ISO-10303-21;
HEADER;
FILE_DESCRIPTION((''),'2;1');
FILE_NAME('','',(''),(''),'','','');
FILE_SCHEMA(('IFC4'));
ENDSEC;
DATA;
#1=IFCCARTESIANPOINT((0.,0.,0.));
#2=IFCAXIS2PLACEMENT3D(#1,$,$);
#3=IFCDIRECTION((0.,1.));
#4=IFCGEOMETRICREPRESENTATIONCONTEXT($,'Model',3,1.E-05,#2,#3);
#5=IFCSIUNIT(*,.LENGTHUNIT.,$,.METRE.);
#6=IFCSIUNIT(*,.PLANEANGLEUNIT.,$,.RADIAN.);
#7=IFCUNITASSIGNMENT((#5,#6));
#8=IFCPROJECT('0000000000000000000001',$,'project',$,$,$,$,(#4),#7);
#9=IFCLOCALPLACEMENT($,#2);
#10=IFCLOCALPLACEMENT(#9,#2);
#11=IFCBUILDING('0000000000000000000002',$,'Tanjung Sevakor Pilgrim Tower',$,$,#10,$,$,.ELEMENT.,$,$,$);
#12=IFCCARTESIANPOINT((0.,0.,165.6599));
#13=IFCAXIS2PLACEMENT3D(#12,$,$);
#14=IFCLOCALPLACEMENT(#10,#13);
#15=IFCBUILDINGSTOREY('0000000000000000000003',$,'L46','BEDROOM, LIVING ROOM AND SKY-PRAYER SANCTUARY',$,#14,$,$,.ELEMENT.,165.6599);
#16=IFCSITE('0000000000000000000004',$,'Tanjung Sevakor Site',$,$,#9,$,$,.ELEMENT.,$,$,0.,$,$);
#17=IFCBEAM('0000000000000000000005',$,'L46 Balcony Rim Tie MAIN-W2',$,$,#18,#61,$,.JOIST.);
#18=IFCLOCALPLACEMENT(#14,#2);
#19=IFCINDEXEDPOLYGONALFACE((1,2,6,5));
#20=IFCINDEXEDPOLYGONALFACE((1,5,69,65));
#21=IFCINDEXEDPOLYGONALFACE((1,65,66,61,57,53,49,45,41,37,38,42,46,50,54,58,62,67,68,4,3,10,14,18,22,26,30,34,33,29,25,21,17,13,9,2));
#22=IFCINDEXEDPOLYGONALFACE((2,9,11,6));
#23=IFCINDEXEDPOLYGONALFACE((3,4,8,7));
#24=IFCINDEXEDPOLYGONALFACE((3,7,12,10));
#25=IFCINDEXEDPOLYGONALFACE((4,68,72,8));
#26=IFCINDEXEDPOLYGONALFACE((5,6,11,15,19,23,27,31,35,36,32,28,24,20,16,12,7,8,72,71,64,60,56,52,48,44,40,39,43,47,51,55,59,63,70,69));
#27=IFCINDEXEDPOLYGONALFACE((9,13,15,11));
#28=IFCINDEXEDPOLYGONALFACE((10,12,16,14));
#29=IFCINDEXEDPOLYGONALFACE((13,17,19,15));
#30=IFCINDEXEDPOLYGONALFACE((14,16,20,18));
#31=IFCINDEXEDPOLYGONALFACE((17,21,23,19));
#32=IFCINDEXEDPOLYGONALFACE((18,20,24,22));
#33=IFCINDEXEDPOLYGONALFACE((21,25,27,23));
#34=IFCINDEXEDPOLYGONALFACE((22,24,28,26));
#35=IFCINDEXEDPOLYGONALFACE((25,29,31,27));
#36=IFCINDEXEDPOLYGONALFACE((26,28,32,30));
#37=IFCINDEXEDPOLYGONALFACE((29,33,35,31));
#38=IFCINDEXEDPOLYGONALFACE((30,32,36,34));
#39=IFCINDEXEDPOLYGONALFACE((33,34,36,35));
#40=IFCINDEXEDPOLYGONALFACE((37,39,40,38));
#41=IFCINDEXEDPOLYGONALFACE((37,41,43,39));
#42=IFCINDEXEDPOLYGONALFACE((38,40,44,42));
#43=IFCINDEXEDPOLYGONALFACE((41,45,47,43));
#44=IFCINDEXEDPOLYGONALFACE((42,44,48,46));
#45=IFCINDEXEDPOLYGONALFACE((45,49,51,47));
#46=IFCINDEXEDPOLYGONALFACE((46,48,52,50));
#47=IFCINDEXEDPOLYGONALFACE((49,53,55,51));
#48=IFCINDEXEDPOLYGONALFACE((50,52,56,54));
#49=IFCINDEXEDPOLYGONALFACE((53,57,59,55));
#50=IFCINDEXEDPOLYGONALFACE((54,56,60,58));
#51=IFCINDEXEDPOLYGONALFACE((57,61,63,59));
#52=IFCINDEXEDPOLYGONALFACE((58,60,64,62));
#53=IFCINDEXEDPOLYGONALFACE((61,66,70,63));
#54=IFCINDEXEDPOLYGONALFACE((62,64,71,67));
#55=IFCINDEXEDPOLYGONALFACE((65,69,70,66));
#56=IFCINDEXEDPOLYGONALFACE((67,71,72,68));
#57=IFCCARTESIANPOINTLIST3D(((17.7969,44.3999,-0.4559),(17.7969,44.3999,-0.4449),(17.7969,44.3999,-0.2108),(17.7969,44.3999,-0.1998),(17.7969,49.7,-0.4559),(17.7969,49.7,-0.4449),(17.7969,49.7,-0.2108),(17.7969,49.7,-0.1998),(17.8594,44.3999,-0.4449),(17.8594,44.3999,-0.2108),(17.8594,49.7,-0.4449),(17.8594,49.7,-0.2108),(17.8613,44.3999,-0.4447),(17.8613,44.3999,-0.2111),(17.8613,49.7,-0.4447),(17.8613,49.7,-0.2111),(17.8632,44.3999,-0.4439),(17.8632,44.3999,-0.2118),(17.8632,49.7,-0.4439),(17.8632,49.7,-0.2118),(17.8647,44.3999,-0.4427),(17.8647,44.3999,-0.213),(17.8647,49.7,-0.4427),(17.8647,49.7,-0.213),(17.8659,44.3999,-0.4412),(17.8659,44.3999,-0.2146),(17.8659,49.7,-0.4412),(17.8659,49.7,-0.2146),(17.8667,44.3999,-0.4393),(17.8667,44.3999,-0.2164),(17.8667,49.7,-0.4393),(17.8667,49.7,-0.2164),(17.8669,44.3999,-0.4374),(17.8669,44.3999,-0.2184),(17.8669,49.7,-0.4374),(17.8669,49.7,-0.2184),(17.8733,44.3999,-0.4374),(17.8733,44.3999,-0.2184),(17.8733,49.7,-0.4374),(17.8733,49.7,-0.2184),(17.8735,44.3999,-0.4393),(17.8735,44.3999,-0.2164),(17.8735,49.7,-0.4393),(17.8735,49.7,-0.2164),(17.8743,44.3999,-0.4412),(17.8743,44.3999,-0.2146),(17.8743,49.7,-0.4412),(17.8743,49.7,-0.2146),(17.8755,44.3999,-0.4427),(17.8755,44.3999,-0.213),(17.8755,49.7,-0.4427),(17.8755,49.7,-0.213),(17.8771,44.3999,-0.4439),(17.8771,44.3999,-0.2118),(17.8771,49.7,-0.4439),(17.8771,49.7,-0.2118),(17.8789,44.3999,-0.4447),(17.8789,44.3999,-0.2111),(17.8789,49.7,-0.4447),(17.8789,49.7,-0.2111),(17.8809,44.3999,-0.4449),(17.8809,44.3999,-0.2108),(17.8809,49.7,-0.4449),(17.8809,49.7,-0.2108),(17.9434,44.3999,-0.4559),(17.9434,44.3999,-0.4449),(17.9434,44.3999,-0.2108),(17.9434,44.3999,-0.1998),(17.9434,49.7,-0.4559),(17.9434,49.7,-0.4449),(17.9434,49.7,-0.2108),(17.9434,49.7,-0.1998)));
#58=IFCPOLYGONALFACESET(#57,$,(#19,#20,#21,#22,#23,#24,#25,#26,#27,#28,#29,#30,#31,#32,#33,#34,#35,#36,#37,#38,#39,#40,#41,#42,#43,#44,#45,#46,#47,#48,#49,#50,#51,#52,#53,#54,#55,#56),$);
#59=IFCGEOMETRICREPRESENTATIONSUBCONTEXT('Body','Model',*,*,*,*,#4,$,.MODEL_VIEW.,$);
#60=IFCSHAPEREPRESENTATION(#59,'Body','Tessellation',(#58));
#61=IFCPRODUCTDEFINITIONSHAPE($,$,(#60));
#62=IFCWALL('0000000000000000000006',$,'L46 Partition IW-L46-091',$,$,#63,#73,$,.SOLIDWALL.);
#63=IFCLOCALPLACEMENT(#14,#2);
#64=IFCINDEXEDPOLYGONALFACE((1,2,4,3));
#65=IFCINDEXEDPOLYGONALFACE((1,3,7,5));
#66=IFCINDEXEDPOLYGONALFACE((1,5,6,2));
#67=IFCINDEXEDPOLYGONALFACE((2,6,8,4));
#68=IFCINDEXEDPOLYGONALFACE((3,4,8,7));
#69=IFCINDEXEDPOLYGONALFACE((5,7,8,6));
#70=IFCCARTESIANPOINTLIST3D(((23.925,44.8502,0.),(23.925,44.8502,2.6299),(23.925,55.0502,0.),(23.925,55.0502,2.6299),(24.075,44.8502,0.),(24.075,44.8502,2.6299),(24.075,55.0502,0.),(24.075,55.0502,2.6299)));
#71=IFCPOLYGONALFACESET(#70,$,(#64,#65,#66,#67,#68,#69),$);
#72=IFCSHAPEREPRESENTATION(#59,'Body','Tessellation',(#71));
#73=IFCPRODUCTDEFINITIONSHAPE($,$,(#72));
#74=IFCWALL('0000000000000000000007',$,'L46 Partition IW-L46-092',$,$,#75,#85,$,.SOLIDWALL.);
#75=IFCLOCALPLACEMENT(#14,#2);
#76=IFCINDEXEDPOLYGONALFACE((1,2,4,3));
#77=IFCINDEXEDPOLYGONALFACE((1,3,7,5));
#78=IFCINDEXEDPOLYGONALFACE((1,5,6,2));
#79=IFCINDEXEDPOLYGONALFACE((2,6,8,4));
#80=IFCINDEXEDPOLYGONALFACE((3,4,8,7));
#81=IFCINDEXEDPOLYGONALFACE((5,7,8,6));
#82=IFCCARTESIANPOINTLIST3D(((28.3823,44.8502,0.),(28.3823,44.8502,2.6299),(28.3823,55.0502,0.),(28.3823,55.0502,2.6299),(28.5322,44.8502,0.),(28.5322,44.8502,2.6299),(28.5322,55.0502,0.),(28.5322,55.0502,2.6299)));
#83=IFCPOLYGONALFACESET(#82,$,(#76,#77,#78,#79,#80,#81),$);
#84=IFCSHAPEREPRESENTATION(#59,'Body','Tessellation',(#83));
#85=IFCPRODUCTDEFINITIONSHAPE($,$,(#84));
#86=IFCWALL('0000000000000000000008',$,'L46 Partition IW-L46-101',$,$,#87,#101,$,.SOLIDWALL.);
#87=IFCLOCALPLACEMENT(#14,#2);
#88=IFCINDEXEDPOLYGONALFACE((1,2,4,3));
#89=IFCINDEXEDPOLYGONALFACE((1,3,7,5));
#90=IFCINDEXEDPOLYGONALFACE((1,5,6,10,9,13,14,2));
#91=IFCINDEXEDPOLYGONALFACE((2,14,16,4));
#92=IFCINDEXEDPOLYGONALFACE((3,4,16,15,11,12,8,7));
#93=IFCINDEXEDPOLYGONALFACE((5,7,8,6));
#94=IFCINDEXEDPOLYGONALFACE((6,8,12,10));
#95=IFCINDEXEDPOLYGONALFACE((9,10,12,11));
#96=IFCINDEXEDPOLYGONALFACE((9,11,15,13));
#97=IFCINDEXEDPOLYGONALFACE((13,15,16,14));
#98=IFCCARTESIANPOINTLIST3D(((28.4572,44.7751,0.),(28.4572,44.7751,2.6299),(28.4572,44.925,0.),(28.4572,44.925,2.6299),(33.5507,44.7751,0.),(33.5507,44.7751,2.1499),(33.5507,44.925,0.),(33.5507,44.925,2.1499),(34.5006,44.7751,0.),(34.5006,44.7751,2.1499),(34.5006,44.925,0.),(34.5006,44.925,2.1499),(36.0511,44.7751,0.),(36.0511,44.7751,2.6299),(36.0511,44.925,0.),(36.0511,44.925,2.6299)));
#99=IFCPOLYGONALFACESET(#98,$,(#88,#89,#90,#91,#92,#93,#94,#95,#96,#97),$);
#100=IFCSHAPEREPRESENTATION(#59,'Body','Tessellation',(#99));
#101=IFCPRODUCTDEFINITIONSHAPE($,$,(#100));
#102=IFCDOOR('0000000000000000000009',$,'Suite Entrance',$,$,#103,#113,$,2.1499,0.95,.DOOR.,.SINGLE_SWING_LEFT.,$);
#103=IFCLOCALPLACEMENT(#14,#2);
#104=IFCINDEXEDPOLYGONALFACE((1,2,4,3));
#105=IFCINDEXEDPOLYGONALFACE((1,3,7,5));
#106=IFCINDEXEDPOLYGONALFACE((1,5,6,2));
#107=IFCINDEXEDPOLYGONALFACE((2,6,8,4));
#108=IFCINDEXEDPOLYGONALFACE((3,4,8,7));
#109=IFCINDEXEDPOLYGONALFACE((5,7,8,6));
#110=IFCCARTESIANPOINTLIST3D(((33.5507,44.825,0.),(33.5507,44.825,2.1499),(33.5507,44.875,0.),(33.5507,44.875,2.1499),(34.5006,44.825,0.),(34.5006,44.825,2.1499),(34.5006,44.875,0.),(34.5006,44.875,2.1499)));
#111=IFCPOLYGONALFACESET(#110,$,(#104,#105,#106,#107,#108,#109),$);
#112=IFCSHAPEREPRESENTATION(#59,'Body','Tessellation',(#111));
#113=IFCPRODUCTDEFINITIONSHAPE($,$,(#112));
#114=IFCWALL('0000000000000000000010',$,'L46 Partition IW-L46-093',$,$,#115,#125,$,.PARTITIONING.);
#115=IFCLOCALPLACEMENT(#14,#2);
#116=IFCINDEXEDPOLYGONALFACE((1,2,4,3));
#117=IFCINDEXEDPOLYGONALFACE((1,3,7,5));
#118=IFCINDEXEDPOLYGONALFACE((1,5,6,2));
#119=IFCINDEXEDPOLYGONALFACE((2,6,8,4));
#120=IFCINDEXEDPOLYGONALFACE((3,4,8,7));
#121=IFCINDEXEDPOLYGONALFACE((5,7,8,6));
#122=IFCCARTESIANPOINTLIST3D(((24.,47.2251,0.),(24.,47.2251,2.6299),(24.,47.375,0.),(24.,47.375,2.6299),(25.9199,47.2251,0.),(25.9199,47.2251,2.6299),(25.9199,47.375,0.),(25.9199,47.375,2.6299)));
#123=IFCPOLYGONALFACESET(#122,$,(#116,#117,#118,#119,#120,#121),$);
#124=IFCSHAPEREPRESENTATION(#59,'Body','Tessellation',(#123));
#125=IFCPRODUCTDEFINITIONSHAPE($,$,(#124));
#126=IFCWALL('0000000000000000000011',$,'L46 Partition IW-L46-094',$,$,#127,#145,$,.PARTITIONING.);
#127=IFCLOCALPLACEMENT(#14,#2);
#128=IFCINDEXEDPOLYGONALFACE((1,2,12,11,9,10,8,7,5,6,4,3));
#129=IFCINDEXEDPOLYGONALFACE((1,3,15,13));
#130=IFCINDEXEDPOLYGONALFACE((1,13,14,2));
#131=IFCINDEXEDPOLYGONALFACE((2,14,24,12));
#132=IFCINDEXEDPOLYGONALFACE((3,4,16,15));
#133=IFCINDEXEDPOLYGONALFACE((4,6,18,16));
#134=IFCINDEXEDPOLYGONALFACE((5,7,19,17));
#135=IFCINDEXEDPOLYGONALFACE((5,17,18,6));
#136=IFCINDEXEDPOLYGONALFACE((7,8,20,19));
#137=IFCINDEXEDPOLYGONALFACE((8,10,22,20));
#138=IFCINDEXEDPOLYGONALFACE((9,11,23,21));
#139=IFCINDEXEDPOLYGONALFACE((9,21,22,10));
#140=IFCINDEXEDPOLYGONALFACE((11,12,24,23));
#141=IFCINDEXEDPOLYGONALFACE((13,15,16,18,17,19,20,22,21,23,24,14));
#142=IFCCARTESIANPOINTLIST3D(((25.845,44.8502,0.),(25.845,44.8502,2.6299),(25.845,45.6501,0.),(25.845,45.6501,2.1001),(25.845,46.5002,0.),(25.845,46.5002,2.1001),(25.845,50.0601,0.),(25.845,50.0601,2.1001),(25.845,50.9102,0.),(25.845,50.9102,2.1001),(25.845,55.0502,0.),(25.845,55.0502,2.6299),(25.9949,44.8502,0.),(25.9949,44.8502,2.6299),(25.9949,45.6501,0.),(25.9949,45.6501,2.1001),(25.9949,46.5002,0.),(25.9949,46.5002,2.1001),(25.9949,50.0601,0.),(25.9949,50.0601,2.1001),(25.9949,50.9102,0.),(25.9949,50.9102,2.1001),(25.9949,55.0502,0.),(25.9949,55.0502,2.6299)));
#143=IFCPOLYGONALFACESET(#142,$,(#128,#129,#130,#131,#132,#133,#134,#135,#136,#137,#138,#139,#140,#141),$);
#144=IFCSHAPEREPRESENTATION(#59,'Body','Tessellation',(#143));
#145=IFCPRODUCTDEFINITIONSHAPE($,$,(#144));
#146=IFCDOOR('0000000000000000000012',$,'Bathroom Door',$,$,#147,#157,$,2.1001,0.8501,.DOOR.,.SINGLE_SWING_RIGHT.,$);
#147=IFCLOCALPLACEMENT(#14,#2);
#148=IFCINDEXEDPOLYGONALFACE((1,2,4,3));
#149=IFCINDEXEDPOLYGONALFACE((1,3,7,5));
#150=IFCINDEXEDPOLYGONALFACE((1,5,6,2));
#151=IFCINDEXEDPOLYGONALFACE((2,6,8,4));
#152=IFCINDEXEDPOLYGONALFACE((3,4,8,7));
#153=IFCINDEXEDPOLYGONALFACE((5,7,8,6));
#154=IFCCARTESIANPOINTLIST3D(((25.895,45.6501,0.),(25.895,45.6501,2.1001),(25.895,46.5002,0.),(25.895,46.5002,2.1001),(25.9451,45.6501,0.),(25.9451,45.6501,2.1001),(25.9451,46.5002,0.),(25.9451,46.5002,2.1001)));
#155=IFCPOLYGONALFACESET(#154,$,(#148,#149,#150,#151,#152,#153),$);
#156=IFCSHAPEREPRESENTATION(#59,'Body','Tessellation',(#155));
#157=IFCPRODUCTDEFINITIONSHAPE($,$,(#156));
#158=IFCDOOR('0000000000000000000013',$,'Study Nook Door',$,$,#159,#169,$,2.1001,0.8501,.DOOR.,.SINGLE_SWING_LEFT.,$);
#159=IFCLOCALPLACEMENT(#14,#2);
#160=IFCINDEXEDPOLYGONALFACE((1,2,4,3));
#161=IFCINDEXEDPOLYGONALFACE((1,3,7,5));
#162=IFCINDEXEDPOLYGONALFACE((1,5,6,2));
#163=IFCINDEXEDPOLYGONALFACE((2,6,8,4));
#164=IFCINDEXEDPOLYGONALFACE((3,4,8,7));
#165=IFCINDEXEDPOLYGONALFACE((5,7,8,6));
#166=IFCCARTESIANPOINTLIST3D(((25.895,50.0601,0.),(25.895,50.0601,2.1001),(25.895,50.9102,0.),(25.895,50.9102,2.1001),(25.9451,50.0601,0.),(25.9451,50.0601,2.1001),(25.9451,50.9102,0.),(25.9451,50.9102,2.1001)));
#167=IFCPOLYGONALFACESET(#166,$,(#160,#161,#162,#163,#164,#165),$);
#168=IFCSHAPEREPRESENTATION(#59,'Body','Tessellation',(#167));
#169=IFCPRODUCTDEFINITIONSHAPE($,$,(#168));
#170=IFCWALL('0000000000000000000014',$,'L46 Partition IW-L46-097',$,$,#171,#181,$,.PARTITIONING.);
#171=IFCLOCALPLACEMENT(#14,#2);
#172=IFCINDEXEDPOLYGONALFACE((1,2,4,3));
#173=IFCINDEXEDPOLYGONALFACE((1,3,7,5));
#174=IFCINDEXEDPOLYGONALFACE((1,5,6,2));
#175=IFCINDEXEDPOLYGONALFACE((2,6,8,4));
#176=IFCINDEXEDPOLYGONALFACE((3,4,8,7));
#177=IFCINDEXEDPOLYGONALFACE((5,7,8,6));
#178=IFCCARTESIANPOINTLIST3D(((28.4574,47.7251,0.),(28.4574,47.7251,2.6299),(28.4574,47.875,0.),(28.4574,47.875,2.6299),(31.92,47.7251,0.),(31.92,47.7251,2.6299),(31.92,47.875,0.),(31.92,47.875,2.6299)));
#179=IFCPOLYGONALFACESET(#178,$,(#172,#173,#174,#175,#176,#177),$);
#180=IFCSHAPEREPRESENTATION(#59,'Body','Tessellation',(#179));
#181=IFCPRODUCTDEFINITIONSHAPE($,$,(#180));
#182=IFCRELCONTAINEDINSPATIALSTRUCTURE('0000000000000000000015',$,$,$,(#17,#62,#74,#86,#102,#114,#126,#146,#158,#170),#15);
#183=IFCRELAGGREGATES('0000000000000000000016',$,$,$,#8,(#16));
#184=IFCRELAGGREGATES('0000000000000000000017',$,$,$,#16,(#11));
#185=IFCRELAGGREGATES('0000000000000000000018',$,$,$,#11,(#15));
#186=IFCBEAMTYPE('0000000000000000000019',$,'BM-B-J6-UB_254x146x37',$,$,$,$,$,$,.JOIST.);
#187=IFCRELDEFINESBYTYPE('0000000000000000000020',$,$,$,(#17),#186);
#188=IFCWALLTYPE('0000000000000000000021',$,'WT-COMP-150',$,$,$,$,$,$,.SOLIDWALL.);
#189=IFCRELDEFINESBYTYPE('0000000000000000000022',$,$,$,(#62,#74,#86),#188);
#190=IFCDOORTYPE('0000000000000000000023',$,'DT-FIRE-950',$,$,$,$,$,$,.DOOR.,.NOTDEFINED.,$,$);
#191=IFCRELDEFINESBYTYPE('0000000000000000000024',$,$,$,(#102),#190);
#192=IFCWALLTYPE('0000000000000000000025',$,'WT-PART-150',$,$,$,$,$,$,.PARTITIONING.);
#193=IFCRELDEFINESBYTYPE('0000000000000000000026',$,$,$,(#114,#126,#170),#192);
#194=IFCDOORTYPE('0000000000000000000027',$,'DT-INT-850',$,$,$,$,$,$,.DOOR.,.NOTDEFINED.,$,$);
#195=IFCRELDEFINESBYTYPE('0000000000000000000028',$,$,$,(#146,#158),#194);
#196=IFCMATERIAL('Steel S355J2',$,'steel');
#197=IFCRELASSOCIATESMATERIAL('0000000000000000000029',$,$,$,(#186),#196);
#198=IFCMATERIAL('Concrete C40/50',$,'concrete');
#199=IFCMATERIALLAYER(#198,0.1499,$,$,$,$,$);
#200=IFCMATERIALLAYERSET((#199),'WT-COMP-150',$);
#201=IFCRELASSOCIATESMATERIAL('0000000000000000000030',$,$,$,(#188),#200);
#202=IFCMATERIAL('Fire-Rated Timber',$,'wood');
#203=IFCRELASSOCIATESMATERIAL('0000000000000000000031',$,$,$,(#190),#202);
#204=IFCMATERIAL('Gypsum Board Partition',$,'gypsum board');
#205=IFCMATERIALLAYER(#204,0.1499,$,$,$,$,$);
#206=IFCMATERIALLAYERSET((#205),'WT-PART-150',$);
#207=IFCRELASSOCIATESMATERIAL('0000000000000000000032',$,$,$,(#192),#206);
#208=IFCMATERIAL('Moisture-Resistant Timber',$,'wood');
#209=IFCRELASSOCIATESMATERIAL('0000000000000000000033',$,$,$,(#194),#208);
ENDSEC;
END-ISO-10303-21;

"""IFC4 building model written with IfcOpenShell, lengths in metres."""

from ifc_helpers import new_model, si_unit, direction, frame, frame_2d, origin, origin_2d, place, context, subcontext, project, spatial, rectangle, i_section, extrude, material, layer, layer_set, material_profile, profile_set, type_object, element, fill, save


model = new_model("IFC4")

# Units and contexts
model_context = context("Model", 3, precision=1e-05, world=origin(), true_north=direction((0.0, 1.0)))
body_context = subcontext(model_context, "Body", "Model", "MODEL_VIEW")
ifc_project = project(units=[si_unit("LENGTHUNIT", "METRE"), si_unit("PLANEANGLEUNIT", "RADIAN")], contexts=[model_context])

# Site, building, storey
site_placement = place(None, origin())
site = spatial("IfcSite", under=ifc_project, at=site_placement, Name="Tanjung Sevakor Site", CompositionType="ELEMENT", RefElevation=0.0)
building_placement = place(site_placement, origin())
building = spatial("IfcBuilding", under=site, at=building_placement, Name="Tanjung Sevakor Pilgrim Tower", CompositionType="ELEMENT")
storey_placement = place(building_placement, frame((0.0, 0.0, 165.6599)))
storey = spatial("IfcBuildingStorey", under=building, at=storey_placement, Name="L46", Description="BEDROOM, LIVING ROOM AND SKY-PRAYER SANCTUARY", CompositionType="ELEMENT", Elevation=165.6599)

# Beam
ifc_material_1 = material(Name="Steel S355J2", Category="steel")
ifc_material_profile_1 = material_profile(ifc_material_1, i_section(OverallWidth=0.1465, OverallDepth=0.2561, WebThickness=0.0063, FlangeThickness=0.011, FilletRadius=0.0076, at=origin_2d()))
ifc_profile_set_1 = profile_set([ifc_material_profile_1], Name="Steel S355J2")
beam_type_1 = type_object("IfcBeamType", Name="BM-B-J6-UB_254x146x37", PredefinedType="JOIST", material=ifc_profile_set_1)
beam_1_placement = place(storey_placement, frame((17.8701, 44.3999, -0.3279), z_axis=(0.0, 1.0, 0.0), x_axis=(-1.0, 0.0, 0.0)))
element("IfcBeam", 1, at=beam_1_placement, inside=storey, type_object=beam_type_1, Name="L46 Balcony Rim Tie MAIN-W2", PredefinedType="JOIST", context=body_context, shape_type="SweptSolid", body=[
    extrude(i_section(OverallWidth=0.1465, OverallDepth=0.2561, WebThickness=0.0063, FlangeThickness=0.011, FilletRadius=0.0076, at=origin_2d()), origin(), (0.0, 0.0, 1.0), 5.3),
])

# Walls
ifc_material_2 = material(Name="Concrete C40/50", Category="concrete")
ifc_layer_1 = layer(ifc_material_2, 0.1499)
ifc_layer_set_1 = layer_set([ifc_layer_1], Name="WT-COMP-150")
wall_type_1 = type_object("IfcWallType", Name="WT-COMP-150", PredefinedType="SOLIDWALL", material=ifc_layer_set_1)
for number, where, z_axis, x_axis, name in (
    (2, (24.0, 44.8501, 0.0), (0.0, 0.0, 1.0), (0.0, 1.0, 0.0), "L46 Partition IW-L46-091"),
    (3, (28.4573, 44.8501, 0.0), (0.0, 0.0, 1.0), (0.0, 1.0, 0.0), "L46 Partition IW-L46-092"),
):
    element("IfcWall", number, at=place(storey_placement, frame(where, z_axis=z_axis, x_axis=x_axis)), inside=storey, type_object=wall_type_1, Name=name, PredefinedType="SOLIDWALL", context=body_context, shape_type="SweptSolid", body=[
        extrude(rectangle(XDim=10.2, YDim=0.1499, at=frame_2d((5.1001, 0.0))), origin(), (0.0, 0.0, 1.0), 2.6299),
    ])

# Wall, opening, door
ifc_material_3 = material(Name="Fire-Rated Timber", Category="wood")
door_type_1 = type_object("IfcDoorType", Name="DT-FIRE-950", OperationType="NOTDEFINED", PredefinedType="DOOR", material=ifc_material_3)
wall_1_placement = place(storey_placement, frame((28.4573, 44.8501, 0.0), z_axis=(0.0, 0.0, 1.0), x_axis=(1.0, 0.0, 0.0)))
wall_1 = element("IfcWall", 4, at=wall_1_placement, inside=storey, type_object=wall_type_1, Name="L46 Partition IW-L46-101", PredefinedType="SOLIDWALL", context=body_context, shape_type="SweptSolid", body=[
    extrude(rectangle(XDim=7.594, YDim=0.1499, at=frame_2d((3.7969, 0.0))), origin(), (0.0, 0.0, 1.0), 2.6299),
])
opening_1_placement = place(wall_1_placement, frame((5.0933, 0.0, 0.0)))
opening_1 = element("IfcOpeningElement", 5, at=opening_1_placement, cuts=wall_1, PredefinedType="OPENING", context=body_context, shape_type="SweptSolid", body=[
    extrude(rectangle(XDim=0.95, YDim=2.1499, at=frame_2d((0.4751, 1.075))), frame((0.0, 0.085, 0.0), z_axis=(0.0, -1.0, 0.0), x_axis=(1.0, 0.0, 0.0)), (0.0, 0.0, 1.0), 0.1699),
])
door_1_placement = place(opening_1_placement, origin())
door_1 = element("IfcDoor", 6, at=door_1_placement, inside=storey, type_object=door_type_1, Name="Suite Entrance", OperationType="SINGLE_SWING_LEFT", OverallHeight=2.1499, OverallWidth=0.95, PredefinedType="DOOR", context=body_context, shape_type="SweptSolid", body=[
    extrude(rectangle(XDim=0.95, YDim=2.1499, at=frame_2d((0.4751, 1.075))), frame((0.0, 0.0249, 0.0), z_axis=(0.0, -1.0, 0.0), x_axis=(1.0, 0.0, 0.0)), (0.0, 0.0, 1.0), 0.05),
])
fill(opening_1, door_1)

# Wall
ifc_material_4 = material(Name="Gypsum Board Partition", Category="gypsum board")
ifc_layer_2 = layer(ifc_material_4, 0.1499)
ifc_layer_set_2 = layer_set([ifc_layer_2], Name="WT-PART-150")
wall_type_2 = type_object("IfcWallType", Name="WT-PART-150", PredefinedType="PARTITIONING", material=ifc_layer_set_2)
wall_2_placement = place(storey_placement, frame((24.0, 47.3, 0.0), z_axis=(0.0, 0.0, 1.0), x_axis=(1.0, 0.0, 0.0)))
element("IfcWall", 7, at=wall_2_placement, inside=storey, type_object=wall_type_2, Name="L46 Partition IW-L46-093", PredefinedType="PARTITIONING", context=body_context, shape_type="SweptSolid", body=[
    extrude(rectangle(XDim=1.9199, YDim=0.1499, at=frame_2d((0.96, 0.0))), origin(), (0.0, 0.0, 1.0), 2.6299),
])

# Wall, openings, doors
wall_3_placement = place(storey_placement, frame((25.9199, 44.8501, 0.0), z_axis=(0.0, 0.0, 1.0), x_axis=(0.0, 1.0, 0.0)))
wall_3 = element("IfcWall", 8, at=wall_3_placement, inside=storey, type_object=wall_type_2, Name="L46 Partition IW-L46-094", PredefinedType="PARTITIONING", context=body_context, shape_type="SweptSolid", body=[
    extrude(rectangle(XDim=10.2, YDim=0.1499, at=frame_2d((5.1001, 0.0))), origin(), (0.0, 0.0, 1.0), 2.6299),
])
opening_2_placement = place(wall_3_placement, frame((0.8, 0.0, 0.0)))
opening_2 = element("IfcOpeningElement", 9, at=opening_2_placement, cuts=wall_3, PredefinedType="OPENING", context=body_context, shape_type="SweptSolid", body=[
    extrude(rectangle(XDim=0.8501, YDim=2.1001, at=frame_2d((0.425, 1.05))), frame((0.0, 0.085, 0.0), z_axis=(0.0, -1.0, 0.0), x_axis=(1.0, 0.0, 0.0)), (0.0, 0.0, 1.0), 0.1699),
])
opening_3_placement = place(wall_3_placement, frame((5.21, 0.0, 0.0)))
opening_3 = element("IfcOpeningElement", 10, at=opening_3_placement, cuts=wall_3, PredefinedType="OPENING", context=body_context, shape_type="SweptSolid", body=[
    extrude(rectangle(XDim=0.8501, YDim=2.1001, at=frame_2d((0.425, 1.05))), frame((0.0, 0.085, 0.0), z_axis=(0.0, -1.0, 0.0), x_axis=(1.0, 0.0, 0.0)), (0.0, 0.0, 1.0), 0.1699),
])
ifc_material_5 = material(Name="Moisture-Resistant Timber", Category="wood")
door_type_2 = type_object("IfcDoorType", Name="DT-INT-850", OperationType="NOTDEFINED", PredefinedType="DOOR", material=ifc_material_5)
door_2_placement = place(opening_2_placement, origin())
door_2 = element("IfcDoor", 11, at=door_2_placement, inside=storey, type_object=door_type_2, Name="Bathroom Door", OperationType="SINGLE_SWING_RIGHT", OverallHeight=2.1001, OverallWidth=0.8501, PredefinedType="DOOR", context=body_context, shape_type="SweptSolid", body=[
    extrude(rectangle(XDim=0.8501, YDim=2.1001, at=frame_2d((0.425, 1.05))), frame((0.0, 0.0249, 0.0), z_axis=(0.0, -1.0, 0.0), x_axis=(1.0, 0.0, 0.0)), (0.0, 0.0, 1.0), 0.05),
])
fill(opening_2, door_2)
door_3_placement = place(opening_3_placement, origin())
door_3 = element("IfcDoor", 12, at=door_3_placement, inside=storey, type_object=door_type_2, Name="Study Nook Door", OperationType="SINGLE_SWING_LEFT", OverallHeight=2.1001, OverallWidth=0.8501, PredefinedType="DOOR", context=body_context, shape_type="SweptSolid", body=[
    extrude(rectangle(XDim=0.8501, YDim=2.1001, at=frame_2d((0.425, 1.05))), frame((0.0, 0.0249, 0.0), z_axis=(0.0, -1.0, 0.0), x_axis=(1.0, 0.0, 0.0)), (0.0, 0.0, 1.0), 0.05),
])
fill(opening_3, door_3)

# Wall
wall_4_placement = place(storey_placement, frame((28.4573, 47.8, 0.0), z_axis=(0.0, 0.0, 1.0), x_axis=(1.0, 0.0, 0.0)))
element("IfcWall", 13, at=wall_4_placement, inside=storey, type_object=wall_type_2, Name="L46 Partition IW-L46-097", PredefinedType="PARTITIONING", context=body_context, shape_type="SweptSolid", body=[
    extrude(rectangle(XDim=3.4626, YDim=0.1499, at=frame_2d((1.7314, 0.0))), origin(), (0.0, 0.0, 1.0), 2.6299),
])

save(model, "model.ifc")
